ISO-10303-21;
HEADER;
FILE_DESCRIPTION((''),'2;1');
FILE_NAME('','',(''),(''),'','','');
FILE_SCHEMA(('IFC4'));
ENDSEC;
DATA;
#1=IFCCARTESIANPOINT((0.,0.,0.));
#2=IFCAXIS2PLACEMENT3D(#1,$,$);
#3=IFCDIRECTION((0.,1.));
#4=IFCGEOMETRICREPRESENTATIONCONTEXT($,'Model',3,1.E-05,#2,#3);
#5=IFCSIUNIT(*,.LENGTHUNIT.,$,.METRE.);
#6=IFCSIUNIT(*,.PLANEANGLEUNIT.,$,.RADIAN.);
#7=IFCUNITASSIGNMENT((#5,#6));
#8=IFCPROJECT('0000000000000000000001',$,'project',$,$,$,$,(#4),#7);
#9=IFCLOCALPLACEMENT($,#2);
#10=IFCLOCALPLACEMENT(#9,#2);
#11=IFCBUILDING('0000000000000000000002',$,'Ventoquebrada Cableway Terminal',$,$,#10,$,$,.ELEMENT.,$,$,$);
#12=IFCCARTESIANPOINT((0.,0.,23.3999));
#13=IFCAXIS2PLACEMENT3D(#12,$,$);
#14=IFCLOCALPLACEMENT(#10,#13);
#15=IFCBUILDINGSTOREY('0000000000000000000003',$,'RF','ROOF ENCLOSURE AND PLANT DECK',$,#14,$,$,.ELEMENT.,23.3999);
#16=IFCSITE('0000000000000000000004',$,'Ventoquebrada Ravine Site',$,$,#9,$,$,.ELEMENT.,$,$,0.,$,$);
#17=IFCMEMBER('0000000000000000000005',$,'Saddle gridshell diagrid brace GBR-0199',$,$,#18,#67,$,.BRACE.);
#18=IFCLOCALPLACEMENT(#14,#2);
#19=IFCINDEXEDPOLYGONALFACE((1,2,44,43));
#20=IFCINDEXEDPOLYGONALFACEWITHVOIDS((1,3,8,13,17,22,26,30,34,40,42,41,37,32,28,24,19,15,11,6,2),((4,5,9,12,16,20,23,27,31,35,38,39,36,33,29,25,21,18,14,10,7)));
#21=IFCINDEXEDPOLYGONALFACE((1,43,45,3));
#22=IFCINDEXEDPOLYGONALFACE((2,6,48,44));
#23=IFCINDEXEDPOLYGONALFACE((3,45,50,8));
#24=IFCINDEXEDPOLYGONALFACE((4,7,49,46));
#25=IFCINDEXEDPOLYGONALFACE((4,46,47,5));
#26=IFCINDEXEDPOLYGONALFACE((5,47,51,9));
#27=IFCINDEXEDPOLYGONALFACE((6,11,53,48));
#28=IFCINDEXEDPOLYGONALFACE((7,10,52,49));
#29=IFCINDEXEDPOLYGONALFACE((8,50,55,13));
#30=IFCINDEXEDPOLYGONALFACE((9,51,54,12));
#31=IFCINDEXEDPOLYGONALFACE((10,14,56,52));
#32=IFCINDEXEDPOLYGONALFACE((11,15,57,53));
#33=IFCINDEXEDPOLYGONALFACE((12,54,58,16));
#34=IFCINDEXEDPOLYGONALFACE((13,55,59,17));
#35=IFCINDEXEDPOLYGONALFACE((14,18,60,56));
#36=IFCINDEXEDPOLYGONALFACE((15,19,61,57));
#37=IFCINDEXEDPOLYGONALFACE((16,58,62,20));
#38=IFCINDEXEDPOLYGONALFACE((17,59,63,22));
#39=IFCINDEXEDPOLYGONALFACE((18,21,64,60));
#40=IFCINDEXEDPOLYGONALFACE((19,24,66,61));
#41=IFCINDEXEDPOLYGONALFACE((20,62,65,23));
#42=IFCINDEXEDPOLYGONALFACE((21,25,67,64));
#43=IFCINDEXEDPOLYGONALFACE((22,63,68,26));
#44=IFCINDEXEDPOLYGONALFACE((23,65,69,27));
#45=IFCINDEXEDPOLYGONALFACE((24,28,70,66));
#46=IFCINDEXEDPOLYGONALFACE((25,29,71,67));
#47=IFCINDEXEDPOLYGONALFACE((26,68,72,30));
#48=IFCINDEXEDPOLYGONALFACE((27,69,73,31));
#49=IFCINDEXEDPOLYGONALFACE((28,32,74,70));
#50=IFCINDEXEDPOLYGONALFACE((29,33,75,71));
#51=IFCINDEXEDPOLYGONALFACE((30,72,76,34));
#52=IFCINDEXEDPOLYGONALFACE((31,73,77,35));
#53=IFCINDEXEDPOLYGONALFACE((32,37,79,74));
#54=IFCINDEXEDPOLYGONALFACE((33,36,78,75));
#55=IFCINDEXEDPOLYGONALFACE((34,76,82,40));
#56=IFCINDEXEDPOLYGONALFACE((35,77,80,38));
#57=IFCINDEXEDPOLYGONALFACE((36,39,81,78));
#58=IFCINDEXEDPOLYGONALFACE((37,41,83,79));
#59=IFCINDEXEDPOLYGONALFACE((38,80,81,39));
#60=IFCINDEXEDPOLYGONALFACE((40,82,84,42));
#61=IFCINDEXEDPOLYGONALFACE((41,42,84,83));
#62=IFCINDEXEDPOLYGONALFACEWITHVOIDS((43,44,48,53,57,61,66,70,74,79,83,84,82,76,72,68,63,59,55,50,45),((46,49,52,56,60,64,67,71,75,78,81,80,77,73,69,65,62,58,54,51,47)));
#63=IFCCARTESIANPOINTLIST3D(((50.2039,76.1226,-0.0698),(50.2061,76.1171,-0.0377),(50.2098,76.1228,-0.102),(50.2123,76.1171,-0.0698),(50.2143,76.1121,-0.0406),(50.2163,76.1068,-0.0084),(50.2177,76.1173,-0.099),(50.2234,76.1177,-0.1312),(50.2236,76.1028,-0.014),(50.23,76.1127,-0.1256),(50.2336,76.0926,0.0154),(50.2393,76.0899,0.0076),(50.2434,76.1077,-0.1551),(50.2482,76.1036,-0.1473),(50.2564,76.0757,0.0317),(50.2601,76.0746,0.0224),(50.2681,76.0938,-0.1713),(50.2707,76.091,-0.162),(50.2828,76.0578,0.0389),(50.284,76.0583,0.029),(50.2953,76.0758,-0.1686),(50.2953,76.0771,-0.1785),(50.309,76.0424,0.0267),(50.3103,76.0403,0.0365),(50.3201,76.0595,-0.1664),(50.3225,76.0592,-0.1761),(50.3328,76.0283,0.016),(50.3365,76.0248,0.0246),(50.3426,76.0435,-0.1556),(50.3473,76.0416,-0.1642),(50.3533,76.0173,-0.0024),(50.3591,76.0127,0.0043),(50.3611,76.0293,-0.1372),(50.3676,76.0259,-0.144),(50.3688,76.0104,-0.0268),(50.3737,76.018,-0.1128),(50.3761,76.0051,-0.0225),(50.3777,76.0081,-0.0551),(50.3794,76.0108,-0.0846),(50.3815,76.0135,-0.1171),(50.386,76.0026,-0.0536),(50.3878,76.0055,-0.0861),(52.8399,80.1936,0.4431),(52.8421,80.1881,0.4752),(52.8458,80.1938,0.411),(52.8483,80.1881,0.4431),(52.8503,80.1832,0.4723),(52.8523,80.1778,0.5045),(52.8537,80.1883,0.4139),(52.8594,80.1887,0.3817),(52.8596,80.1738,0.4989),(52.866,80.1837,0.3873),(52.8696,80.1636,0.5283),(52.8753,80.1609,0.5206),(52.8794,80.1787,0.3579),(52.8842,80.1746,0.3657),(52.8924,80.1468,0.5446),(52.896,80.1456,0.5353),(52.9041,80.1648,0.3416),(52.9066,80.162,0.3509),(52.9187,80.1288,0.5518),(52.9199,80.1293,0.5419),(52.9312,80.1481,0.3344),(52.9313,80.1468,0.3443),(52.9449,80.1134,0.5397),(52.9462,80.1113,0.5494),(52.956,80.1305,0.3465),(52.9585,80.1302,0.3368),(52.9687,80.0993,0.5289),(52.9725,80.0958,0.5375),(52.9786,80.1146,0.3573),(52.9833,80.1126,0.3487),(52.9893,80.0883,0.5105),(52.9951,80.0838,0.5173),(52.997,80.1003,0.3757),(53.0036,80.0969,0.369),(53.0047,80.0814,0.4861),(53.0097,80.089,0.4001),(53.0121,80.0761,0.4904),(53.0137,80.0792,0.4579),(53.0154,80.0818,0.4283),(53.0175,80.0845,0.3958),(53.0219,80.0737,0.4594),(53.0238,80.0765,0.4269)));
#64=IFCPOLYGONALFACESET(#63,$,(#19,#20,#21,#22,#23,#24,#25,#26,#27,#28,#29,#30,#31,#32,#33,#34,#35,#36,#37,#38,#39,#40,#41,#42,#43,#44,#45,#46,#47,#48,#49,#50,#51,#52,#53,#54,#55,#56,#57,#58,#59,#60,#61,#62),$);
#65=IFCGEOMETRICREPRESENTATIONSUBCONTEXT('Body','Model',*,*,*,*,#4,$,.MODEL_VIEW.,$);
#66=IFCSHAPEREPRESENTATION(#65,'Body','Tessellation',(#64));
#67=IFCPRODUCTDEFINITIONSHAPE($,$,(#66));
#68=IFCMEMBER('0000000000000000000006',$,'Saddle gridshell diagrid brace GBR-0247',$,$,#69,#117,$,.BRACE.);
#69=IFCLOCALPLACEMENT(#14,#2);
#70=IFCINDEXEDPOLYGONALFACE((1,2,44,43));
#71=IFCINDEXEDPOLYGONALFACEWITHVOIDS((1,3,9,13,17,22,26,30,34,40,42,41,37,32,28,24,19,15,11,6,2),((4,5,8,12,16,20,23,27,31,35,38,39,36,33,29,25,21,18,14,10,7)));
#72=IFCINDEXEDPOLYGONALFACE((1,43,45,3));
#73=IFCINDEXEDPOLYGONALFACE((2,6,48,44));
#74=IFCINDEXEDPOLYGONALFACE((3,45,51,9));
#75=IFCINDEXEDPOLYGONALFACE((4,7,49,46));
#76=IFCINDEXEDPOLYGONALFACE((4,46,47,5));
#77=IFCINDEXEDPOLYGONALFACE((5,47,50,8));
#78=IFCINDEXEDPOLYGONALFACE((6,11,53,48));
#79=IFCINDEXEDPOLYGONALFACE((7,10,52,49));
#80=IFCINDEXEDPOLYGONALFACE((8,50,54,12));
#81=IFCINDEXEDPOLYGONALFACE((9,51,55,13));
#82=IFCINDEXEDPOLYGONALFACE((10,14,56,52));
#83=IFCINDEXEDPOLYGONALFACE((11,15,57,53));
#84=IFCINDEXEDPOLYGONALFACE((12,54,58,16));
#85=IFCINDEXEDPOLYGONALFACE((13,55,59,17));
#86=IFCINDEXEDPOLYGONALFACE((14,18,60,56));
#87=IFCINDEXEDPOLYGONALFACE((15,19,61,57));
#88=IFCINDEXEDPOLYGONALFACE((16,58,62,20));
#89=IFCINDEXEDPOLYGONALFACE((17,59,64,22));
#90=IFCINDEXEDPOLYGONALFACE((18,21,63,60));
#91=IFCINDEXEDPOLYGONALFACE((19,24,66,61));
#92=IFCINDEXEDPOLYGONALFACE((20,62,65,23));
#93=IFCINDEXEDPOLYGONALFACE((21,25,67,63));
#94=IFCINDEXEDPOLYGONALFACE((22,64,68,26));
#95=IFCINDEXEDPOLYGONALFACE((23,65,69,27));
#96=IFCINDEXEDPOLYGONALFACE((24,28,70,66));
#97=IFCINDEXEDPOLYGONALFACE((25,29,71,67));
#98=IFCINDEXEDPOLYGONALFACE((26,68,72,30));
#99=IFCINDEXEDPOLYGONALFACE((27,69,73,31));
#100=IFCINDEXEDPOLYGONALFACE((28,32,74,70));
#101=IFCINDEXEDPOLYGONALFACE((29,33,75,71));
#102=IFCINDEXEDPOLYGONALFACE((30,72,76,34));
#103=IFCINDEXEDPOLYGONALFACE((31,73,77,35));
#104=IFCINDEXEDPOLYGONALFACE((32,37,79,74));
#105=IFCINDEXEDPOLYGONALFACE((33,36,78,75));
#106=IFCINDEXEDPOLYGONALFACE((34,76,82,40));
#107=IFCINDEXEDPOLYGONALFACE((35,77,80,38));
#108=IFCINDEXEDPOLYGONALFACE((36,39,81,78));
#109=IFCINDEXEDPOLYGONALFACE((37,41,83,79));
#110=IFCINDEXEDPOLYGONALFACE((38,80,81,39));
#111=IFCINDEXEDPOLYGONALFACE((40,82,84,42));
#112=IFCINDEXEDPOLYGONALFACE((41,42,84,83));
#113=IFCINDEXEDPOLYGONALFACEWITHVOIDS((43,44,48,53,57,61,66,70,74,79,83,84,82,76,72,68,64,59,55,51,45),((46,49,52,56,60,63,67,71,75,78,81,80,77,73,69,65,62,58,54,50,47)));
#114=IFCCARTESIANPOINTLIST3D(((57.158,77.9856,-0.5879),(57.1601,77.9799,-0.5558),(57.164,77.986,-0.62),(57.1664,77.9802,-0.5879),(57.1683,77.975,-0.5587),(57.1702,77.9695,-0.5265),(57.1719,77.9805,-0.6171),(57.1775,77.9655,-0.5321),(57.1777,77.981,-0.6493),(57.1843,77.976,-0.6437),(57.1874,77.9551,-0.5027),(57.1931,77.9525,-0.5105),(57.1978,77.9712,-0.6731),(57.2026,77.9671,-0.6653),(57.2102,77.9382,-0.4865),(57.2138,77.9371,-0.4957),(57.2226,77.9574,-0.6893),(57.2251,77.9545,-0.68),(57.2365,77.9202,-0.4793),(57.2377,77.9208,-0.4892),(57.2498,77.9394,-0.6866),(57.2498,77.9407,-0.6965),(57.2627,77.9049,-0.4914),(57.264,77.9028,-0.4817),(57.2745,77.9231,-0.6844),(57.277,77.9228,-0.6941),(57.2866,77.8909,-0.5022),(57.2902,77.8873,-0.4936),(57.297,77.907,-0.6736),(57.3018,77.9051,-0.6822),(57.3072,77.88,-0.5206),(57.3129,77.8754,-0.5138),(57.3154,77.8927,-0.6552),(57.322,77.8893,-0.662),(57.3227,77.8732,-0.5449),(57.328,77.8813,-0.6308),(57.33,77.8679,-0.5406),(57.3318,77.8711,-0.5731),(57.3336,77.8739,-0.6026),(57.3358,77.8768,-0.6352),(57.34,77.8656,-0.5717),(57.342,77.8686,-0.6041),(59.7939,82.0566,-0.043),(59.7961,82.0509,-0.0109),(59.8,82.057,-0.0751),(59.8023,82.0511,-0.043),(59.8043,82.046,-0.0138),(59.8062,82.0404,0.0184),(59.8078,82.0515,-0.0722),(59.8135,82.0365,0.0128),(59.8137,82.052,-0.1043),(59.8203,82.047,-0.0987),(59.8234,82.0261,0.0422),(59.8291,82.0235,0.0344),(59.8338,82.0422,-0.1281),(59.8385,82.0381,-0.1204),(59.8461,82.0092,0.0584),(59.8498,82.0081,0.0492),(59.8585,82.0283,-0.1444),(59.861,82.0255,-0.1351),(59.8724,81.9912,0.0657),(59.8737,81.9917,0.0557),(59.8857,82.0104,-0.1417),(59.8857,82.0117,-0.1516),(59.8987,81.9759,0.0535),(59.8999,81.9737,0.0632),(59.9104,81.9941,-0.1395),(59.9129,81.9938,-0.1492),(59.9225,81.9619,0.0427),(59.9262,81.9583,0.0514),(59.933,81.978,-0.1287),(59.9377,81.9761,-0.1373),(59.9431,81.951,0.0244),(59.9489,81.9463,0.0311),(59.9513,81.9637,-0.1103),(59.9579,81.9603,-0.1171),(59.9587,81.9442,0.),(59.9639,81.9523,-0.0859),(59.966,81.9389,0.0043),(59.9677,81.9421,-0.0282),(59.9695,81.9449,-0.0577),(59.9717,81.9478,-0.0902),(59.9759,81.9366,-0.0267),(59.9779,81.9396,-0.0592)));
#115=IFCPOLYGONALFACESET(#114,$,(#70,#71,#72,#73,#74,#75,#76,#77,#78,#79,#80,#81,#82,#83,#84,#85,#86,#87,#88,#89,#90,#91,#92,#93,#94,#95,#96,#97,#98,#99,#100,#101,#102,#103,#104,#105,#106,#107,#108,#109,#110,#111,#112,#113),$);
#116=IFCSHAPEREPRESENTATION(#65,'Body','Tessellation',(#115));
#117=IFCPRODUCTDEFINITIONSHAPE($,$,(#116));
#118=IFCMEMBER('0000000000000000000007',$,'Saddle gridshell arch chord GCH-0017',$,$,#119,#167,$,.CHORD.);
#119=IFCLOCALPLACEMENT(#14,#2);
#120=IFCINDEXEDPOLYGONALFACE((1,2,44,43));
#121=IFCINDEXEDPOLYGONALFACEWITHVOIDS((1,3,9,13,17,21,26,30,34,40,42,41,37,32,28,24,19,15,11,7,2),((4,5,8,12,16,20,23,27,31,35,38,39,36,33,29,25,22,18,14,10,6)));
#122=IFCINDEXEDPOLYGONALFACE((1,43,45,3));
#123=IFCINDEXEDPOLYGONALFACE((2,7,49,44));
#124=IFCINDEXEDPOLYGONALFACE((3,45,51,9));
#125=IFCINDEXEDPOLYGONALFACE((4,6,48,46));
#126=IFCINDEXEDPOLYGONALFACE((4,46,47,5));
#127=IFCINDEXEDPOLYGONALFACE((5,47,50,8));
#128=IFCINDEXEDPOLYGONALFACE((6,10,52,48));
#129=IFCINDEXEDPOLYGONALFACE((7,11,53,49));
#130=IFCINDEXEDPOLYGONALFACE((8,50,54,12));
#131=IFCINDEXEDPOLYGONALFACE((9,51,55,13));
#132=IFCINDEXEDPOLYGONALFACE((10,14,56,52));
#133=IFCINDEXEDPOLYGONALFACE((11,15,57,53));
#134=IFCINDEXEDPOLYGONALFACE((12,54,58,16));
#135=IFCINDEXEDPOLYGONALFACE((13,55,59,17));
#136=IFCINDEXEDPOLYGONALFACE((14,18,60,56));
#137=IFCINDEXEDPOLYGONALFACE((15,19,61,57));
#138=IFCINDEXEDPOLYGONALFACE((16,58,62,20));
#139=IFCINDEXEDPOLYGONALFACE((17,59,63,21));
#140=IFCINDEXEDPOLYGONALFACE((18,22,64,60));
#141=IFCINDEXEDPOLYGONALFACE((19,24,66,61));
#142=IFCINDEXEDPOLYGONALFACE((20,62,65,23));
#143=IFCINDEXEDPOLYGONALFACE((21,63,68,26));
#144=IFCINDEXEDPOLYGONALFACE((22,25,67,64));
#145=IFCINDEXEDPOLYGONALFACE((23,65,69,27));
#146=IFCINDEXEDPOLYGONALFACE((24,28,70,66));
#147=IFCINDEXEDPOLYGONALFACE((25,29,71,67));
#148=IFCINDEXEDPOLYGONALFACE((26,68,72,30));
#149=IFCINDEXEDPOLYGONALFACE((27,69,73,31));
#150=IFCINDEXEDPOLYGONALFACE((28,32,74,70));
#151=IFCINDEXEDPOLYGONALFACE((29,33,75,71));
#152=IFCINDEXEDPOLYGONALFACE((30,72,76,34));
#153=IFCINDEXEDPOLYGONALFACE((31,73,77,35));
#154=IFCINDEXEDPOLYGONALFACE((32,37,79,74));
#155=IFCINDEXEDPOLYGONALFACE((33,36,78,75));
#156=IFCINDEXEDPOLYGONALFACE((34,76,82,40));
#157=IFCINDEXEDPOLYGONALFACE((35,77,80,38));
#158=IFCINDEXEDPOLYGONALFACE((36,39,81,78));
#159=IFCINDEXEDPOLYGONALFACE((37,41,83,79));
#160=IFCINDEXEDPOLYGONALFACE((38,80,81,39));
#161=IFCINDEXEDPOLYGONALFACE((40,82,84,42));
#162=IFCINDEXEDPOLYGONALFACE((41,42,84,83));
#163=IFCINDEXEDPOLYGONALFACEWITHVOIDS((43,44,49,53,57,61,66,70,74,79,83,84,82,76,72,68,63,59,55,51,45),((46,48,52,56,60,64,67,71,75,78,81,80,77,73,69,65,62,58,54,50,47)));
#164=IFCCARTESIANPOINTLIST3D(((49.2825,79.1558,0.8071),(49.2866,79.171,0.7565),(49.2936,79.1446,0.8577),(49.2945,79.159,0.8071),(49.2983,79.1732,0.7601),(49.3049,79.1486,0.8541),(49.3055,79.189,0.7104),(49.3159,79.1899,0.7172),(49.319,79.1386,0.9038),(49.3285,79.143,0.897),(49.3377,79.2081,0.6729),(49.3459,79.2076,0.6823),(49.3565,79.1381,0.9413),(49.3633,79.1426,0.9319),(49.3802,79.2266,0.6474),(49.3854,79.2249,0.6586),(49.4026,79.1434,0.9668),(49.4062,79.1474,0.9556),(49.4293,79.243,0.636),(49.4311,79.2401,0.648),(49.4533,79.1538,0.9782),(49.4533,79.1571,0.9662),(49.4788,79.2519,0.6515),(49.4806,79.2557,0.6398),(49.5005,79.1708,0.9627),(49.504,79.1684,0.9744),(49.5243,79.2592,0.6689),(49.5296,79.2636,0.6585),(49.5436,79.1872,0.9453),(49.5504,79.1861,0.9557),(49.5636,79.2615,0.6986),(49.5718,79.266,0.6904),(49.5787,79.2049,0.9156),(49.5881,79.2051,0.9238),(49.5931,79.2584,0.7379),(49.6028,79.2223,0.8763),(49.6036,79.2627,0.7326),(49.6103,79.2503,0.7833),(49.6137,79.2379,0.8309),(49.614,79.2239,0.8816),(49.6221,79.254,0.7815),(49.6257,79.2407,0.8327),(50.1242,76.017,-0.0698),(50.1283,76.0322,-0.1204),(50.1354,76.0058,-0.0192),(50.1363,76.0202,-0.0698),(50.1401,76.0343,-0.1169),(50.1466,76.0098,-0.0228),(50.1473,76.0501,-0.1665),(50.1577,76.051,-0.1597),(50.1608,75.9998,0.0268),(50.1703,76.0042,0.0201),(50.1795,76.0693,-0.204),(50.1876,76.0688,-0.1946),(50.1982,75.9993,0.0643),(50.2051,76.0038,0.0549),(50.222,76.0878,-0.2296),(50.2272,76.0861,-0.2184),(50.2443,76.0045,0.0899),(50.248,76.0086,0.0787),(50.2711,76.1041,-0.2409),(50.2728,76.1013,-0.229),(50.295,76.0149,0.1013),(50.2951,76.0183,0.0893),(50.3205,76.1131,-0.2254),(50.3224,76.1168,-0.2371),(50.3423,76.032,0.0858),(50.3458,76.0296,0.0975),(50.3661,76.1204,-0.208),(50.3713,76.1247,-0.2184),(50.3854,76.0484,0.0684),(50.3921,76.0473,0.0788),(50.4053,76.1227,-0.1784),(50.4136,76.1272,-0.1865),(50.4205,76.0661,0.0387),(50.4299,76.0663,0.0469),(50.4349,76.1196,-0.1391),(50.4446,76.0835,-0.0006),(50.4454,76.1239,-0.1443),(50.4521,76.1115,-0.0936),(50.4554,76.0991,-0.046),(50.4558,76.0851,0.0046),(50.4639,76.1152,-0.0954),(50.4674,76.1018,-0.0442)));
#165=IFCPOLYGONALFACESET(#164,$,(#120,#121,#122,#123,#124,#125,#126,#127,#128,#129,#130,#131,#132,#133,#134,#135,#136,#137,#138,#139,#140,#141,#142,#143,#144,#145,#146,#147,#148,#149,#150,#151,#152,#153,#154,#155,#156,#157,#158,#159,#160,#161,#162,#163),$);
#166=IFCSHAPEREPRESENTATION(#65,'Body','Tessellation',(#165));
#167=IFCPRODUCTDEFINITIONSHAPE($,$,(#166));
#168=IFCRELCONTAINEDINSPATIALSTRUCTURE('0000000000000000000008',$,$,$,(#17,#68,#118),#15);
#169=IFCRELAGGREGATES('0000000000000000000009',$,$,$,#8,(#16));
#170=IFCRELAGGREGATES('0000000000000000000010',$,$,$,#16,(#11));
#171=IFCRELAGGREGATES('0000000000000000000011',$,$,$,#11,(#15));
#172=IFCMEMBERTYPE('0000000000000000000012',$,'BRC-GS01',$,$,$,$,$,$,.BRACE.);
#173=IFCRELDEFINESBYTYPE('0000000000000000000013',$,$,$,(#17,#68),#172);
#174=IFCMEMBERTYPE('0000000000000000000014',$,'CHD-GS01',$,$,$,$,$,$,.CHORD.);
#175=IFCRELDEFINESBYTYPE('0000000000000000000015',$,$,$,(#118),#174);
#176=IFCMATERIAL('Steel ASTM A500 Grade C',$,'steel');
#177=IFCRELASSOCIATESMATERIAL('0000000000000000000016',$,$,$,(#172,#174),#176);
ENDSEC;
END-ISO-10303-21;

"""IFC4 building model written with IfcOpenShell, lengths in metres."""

from ifc_helpers import new_model, si_unit, direction, frame, origin, origin_2d, place, context, subcontext, project, spatial, hollow_circle, extrude, material, material_profile, profile_set, type_object, element, save


model = new_model("IFC4")

# Units and contexts
model_context = context("Model", 3, precision=1e-05, world=origin(), true_north=direction((0.0, 1.0)))
body_context = subcontext(model_context, "Body", "Model", "MODEL_VIEW")
ifc_project = project(units=[si_unit("LENGTHUNIT", "METRE"), si_unit("PLANEANGLEUNIT", "RADIAN")], contexts=[model_context])

# Site, building, storey
site_placement = place(None, origin())
site = spatial("IfcSite", under=ifc_project, at=site_placement, Name="Ventoquebrada Ravine Site", CompositionType="ELEMENT", RefElevation=0.0)
building_placement = place(site_placement, origin())
building = spatial("IfcBuilding", under=site, at=building_placement, Name="Ventoquebrada Cableway Terminal", CompositionType="ELEMENT")
storey_placement = place(building_placement, frame((0.0, 0.0, 23.3999)))
storey = spatial("IfcBuildingStorey", under=building, at=storey_placement, Name="RF", Description="ROOF ENCLOSURE AND PLANT DECK", CompositionType="ELEMENT", Elevation=23.3999)

# Members
ifc_material_1 = material(Name="Steel ASTM A500 Grade C", Category="steel")
ifc_material_profile_1 = material_profile(ifc_material_1, hollow_circle(Radius=0.1096, WallThickness=0.01, at=origin_2d()), Name="CHS219.1X10")
ifc_profile_set_1 = profile_set([ifc_material_profile_1], Name="Steel ASTM A500 Grade C")
member_type_1 = type_object("IfcMemberType", Name="BRC-GS01", PredefinedType="BRACE", material=ifc_profile_set_1)
member_1_placement = place(storey_placement, frame((50.2959, 76.063, -0.0698), z_axis=(0.540496, 0.834747, 0.105176), x_axis=(-0.839403, 0.54351, 0.0)))
element("IfcMember", 1, at=member_1_placement, inside=storey, type_object=member_type_1, Name="Saddle gridshell diagrid brace GBR-0199", PredefinedType="BRACE", context=body_context, shape_type="SweptSolid", body=[
    extrude(hollow_circle(Radius=0.1096, WallThickness=0.01, at=origin_2d()), origin(), (0.0, 0.0, 1.0), 4.877),
])
member_2_placement = place(storey_placement, frame((57.25, 77.926, -0.5879), z_axis=(0.540112, 0.834154, 0.111654), x_axis=(-0.839403, 0.54351, 0.0)))
element("IfcMember", 2, at=member_2_placement, inside=storey, type_object=member_type_1, Name="Saddle gridshell diagrid brace GBR-0247", PredefinedType="BRACE", context=body_context, shape_type="SweptSolid", body=[
    extrude(hollow_circle(Radius=0.1096, WallThickness=0.01, at=origin_2d()), origin(), (0.0, 0.0, 1.0), 4.8804),
])
ifc_material_profile_2 = material_profile(ifc_material_1, hollow_circle(Radius=0.1777, WallThickness=0.0125, at=origin_2d()), Name="CHS355.6X12.5")
ifc_profile_set_2 = profile_set([ifc_material_profile_2], Name="Steel ASTM A500 Grade C")
member_type_2 = type_object("IfcMemberType", Name="CHD-GS01", PredefinedType="CHORD", material=ifc_profile_set_2)
member_3_placement = place(storey_placement, frame((50.2959, 76.063, -0.0698), z_axis=(-0.250083, 0.932515, 0.260527), x_axis=(-0.96587, -0.259028, 0.0)))
element("IfcMember", 3, at=member_3_placement, inside=storey, type_object=member_type_2, Name="Saddle gridshell arch chord GCH-0017", PredefinedType="CHORD", context=body_context, shape_type="SweptSolid", body=[
    extrude(hollow_circle(Radius=0.1777, WallThickness=0.0125, at=origin_2d()), origin(), (0.0, 0.0, 1.0), 3.366),
])

save(model, "model.ifc")
